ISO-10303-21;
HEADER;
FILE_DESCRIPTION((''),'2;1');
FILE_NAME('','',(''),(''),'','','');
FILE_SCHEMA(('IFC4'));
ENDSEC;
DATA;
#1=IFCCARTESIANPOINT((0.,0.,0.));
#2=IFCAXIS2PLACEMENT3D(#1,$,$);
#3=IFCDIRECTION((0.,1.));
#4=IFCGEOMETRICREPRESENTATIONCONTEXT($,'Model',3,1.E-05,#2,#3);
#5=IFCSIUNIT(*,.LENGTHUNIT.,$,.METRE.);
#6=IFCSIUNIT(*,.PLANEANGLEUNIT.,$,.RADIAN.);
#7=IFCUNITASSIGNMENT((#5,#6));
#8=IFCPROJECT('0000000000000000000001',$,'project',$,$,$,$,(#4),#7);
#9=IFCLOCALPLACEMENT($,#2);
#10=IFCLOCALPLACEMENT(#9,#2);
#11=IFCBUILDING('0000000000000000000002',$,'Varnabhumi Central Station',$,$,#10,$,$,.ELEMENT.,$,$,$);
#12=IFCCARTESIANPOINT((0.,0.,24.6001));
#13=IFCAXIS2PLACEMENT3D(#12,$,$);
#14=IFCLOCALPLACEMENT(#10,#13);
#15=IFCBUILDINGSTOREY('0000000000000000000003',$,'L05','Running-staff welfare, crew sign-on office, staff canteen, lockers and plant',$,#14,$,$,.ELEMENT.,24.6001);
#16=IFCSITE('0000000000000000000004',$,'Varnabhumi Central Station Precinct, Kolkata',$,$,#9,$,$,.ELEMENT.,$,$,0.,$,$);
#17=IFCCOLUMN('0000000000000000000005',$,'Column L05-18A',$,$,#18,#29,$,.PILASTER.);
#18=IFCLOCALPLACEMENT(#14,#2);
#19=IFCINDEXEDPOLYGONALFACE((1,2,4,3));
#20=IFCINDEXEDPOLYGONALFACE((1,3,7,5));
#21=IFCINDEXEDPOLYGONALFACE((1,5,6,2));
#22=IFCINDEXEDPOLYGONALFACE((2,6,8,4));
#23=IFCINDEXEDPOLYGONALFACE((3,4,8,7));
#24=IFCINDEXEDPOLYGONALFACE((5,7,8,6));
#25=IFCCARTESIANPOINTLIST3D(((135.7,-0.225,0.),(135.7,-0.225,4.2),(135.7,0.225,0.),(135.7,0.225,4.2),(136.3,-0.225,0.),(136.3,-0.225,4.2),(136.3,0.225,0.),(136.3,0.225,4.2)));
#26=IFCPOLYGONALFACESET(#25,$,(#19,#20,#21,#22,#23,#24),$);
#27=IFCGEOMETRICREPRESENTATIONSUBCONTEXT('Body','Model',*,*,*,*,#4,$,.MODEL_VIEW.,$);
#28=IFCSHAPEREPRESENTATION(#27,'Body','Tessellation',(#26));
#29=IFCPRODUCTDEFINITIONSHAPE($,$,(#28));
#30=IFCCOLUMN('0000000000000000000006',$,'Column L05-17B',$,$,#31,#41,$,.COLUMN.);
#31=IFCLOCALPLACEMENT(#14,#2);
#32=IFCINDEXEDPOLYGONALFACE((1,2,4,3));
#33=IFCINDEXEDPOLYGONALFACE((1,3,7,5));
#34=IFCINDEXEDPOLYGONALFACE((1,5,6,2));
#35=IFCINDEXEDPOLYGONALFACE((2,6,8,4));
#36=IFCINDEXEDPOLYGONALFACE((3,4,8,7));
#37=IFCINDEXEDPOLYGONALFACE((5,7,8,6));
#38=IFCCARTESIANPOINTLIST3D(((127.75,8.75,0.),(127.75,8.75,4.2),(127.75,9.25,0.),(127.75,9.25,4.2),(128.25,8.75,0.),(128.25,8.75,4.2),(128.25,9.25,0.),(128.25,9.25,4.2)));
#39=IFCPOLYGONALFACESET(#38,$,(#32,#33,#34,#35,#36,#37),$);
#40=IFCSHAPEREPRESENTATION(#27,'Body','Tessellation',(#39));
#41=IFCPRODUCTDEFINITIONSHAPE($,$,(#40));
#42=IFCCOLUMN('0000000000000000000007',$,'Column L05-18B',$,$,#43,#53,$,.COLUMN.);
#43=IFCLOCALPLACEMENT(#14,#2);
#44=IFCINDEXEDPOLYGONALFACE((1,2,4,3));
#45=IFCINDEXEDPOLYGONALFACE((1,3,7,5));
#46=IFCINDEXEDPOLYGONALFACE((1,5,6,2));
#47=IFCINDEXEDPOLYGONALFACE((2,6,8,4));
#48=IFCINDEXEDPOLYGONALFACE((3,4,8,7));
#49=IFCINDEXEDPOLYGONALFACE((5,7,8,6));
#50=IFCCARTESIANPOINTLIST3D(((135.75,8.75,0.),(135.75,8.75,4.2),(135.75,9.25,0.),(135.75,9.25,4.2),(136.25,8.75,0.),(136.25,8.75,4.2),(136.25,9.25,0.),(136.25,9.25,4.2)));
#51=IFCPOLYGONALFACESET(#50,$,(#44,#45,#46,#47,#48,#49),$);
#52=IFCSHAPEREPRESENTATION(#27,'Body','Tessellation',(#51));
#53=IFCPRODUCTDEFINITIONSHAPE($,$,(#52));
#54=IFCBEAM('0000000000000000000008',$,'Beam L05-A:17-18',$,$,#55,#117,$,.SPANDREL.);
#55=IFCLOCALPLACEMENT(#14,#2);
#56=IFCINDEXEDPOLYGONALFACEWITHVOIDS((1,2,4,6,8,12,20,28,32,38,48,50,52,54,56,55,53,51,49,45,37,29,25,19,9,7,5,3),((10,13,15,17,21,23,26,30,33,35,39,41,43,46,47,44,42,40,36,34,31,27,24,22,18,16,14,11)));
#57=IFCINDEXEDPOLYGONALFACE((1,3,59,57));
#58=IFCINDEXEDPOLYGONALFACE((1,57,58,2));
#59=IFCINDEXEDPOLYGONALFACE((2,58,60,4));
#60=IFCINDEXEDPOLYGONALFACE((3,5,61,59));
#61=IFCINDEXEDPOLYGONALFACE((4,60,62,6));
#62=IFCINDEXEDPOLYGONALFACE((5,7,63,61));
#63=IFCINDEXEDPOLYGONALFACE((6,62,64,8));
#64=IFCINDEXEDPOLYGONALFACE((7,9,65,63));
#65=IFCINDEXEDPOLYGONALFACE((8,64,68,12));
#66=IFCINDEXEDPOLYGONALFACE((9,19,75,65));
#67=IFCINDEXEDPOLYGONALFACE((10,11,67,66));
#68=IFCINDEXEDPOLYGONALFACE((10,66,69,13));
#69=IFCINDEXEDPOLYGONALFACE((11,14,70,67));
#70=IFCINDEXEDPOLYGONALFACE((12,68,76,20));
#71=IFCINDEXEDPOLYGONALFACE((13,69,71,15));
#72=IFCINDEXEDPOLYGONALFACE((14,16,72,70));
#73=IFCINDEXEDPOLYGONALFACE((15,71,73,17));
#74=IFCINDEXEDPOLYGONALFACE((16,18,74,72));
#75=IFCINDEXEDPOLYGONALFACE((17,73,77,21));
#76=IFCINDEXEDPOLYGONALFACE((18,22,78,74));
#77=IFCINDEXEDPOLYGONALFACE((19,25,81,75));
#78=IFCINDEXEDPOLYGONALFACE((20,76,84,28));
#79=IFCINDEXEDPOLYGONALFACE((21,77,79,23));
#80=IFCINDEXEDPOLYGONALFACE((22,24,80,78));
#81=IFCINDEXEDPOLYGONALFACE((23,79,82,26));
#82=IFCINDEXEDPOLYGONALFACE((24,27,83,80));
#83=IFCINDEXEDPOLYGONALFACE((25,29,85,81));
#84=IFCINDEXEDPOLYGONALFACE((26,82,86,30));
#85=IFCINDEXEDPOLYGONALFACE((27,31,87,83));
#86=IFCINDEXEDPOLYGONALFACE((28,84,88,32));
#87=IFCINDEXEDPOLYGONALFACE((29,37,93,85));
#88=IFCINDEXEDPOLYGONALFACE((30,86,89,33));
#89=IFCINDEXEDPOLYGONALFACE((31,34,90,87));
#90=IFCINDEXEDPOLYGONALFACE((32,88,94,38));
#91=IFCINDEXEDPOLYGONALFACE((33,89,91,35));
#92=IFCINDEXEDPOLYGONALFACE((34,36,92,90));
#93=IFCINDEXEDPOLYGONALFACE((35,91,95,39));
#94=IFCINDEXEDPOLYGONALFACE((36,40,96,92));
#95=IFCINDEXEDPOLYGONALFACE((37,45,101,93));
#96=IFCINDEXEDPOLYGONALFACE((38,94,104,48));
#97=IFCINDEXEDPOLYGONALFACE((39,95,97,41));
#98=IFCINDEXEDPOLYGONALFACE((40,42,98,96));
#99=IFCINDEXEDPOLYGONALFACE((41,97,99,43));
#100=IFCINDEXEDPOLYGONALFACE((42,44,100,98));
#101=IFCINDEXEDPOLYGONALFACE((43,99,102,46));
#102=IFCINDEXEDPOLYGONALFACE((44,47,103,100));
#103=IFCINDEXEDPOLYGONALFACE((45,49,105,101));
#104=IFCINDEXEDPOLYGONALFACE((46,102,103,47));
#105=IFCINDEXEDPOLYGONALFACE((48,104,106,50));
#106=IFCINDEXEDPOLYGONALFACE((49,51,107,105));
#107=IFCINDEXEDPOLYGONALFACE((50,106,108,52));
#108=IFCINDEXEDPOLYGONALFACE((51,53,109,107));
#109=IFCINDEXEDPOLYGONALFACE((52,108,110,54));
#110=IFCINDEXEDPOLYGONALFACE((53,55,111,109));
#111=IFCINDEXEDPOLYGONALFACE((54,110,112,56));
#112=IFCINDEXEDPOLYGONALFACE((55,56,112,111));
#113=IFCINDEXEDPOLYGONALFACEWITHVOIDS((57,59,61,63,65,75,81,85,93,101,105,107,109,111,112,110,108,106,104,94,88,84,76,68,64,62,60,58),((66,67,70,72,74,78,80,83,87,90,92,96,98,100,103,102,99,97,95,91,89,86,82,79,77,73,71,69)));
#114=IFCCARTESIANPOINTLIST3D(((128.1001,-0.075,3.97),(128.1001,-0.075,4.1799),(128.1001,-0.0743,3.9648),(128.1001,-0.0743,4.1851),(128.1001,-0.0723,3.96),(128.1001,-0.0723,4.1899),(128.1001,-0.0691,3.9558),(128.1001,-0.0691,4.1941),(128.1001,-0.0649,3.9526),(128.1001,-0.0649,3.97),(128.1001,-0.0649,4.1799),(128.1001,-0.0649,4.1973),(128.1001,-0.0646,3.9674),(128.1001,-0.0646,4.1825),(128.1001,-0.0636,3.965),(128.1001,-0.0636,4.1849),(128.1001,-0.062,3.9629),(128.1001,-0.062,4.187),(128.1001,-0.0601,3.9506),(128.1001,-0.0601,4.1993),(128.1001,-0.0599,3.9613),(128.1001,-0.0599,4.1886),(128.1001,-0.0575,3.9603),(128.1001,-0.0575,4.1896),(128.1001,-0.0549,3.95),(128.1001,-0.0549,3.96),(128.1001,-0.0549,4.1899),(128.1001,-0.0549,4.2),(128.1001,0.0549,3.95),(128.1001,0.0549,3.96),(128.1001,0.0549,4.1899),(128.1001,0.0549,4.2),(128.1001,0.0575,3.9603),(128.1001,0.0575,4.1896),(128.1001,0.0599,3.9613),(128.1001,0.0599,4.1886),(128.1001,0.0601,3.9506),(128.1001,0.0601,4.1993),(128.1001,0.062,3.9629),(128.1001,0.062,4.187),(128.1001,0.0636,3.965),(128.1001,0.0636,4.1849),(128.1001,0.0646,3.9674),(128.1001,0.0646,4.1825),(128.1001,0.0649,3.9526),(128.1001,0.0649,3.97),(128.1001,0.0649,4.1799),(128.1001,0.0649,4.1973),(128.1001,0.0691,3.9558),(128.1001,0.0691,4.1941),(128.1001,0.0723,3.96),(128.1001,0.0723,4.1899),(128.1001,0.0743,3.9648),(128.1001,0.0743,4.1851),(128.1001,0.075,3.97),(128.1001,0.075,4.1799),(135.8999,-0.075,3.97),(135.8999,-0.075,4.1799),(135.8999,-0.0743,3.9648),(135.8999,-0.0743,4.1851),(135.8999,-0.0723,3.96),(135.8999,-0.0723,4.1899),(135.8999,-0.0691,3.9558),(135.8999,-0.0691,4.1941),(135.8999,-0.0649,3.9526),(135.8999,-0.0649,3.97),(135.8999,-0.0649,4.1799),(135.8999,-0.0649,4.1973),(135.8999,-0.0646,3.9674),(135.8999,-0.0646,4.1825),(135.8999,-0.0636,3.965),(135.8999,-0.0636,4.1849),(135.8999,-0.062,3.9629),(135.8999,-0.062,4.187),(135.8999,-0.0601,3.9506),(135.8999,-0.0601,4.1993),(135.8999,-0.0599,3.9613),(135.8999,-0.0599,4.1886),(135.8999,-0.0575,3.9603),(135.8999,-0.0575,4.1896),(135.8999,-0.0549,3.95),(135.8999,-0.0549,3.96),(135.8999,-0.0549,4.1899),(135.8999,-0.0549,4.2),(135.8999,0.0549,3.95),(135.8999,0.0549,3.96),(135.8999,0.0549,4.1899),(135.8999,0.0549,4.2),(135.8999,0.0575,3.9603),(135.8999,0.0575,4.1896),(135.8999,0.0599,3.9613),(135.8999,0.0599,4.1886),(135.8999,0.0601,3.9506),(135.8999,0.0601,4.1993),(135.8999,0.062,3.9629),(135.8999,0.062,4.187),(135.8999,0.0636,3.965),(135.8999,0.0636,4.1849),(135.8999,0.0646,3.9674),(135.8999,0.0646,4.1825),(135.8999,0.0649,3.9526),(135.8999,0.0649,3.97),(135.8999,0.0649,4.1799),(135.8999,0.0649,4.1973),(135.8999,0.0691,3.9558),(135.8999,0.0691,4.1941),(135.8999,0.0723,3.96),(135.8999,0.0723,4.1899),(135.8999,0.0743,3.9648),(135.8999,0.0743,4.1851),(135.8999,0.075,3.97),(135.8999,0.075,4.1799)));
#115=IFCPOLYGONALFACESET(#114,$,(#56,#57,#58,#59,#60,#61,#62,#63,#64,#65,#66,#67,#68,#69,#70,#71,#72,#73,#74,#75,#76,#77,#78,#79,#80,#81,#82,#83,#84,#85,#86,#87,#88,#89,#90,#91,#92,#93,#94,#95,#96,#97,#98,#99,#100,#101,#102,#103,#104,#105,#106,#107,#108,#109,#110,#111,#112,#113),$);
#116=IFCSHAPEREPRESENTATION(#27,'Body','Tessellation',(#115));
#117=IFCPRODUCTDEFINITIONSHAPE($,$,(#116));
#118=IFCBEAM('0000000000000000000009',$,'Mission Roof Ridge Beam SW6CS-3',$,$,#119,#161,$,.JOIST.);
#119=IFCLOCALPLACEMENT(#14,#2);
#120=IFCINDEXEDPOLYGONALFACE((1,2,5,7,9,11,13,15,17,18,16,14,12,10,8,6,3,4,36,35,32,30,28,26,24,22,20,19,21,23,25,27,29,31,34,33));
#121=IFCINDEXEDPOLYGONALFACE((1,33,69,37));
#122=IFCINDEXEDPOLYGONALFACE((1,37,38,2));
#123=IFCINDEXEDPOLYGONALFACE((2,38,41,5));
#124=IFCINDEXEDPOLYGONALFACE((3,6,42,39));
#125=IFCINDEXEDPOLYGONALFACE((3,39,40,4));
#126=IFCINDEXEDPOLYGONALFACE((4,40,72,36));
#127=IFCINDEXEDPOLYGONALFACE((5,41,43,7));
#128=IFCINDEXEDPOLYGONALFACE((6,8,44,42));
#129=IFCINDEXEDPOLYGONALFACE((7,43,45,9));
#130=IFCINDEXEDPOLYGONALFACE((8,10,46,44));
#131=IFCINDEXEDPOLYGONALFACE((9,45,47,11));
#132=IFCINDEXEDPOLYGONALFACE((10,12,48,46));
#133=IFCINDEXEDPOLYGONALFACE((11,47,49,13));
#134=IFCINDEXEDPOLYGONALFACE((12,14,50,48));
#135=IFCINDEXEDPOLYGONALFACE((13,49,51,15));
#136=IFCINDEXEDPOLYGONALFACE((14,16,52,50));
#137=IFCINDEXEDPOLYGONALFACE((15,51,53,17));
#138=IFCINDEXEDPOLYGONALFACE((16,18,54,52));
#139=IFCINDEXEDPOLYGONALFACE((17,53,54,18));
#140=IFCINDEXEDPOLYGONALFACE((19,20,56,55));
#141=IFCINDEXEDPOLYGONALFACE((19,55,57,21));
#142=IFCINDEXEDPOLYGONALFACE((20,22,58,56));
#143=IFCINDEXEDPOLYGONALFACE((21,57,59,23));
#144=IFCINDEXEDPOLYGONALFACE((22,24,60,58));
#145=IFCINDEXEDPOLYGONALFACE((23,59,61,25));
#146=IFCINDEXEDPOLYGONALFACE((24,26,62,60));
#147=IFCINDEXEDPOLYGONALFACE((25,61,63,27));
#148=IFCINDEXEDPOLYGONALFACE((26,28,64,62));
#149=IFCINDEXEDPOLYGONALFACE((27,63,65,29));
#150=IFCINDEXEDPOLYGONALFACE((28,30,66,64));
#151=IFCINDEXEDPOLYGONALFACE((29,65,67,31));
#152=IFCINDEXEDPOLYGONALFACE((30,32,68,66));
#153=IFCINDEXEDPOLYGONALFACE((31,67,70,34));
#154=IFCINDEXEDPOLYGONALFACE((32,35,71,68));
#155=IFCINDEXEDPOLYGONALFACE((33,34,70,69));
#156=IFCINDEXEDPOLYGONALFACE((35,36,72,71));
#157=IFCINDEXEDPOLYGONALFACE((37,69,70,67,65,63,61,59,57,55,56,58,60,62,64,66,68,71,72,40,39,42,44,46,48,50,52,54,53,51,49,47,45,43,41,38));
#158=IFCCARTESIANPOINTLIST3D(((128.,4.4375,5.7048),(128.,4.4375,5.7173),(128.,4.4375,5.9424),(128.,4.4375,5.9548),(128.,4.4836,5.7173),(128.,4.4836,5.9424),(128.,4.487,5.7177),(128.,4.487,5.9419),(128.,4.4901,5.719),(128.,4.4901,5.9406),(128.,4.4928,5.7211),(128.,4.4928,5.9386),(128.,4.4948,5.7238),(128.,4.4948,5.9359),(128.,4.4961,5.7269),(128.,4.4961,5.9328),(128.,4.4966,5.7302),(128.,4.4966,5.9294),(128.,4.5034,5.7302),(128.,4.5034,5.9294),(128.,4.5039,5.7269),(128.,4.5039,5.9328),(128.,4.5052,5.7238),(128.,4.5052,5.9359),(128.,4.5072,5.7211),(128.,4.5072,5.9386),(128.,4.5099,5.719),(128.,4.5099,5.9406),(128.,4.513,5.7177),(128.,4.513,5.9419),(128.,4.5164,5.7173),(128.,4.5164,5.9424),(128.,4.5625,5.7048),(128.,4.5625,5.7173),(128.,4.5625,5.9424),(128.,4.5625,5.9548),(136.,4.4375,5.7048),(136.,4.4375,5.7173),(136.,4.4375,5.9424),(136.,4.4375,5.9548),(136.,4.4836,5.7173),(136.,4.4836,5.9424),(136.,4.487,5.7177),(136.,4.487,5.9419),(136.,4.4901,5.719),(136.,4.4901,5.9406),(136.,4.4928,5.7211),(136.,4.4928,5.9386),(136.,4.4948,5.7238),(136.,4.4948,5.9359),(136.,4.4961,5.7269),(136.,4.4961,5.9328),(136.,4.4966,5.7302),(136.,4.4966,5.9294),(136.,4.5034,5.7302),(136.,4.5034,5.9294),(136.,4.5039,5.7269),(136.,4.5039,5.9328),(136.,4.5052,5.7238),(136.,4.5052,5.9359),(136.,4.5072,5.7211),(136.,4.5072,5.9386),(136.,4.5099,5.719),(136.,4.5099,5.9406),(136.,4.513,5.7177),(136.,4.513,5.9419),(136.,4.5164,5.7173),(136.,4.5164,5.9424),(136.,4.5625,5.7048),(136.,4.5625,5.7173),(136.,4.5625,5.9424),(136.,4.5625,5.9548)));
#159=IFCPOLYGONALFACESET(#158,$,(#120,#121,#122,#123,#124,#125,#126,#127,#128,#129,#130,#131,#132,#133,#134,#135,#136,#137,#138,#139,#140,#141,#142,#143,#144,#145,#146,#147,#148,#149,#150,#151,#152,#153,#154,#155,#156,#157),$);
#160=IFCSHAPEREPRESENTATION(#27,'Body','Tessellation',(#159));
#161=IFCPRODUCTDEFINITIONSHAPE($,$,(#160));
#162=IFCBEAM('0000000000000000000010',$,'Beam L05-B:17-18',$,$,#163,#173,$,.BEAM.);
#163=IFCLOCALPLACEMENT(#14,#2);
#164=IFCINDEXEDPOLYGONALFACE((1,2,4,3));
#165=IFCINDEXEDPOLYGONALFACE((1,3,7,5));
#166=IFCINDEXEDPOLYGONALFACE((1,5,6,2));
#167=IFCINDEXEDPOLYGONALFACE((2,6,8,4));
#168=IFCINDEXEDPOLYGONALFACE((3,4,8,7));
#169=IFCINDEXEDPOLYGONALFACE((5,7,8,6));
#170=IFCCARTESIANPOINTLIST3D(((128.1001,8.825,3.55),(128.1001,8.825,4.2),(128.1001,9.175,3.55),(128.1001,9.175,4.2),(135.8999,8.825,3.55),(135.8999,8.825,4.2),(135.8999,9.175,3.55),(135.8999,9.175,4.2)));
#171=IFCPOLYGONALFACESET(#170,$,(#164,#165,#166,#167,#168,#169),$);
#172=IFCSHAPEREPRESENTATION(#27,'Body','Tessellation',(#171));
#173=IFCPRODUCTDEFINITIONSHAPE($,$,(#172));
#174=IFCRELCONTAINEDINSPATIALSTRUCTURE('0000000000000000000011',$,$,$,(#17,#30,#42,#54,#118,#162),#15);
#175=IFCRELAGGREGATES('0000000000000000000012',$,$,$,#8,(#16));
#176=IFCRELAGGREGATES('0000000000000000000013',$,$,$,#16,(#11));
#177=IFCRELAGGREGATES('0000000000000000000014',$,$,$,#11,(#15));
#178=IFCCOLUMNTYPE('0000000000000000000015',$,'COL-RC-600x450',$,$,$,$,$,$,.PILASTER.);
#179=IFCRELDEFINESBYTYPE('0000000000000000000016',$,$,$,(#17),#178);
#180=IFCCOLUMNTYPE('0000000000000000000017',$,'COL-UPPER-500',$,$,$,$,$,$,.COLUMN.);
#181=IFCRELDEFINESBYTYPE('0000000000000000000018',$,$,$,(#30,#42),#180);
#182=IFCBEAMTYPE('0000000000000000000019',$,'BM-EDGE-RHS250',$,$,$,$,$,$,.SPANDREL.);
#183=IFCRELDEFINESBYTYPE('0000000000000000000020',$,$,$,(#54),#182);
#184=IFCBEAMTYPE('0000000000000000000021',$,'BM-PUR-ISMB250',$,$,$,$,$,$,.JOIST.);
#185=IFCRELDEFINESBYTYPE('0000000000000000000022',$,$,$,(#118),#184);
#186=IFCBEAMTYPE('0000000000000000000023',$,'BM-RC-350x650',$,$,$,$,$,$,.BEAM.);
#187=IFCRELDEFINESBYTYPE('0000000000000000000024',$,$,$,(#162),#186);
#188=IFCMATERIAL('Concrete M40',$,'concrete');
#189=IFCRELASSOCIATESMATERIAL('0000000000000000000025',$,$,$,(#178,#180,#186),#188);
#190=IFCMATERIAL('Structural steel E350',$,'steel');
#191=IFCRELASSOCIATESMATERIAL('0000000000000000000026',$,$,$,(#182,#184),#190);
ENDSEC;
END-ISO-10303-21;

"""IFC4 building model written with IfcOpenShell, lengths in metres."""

from ifc_helpers import new_model, si_unit, direction, frame, origin, origin_2d, place, context, subcontext, project, spatial, rectangle, hollow_rectangle, i_section, extrude, material, material_profile, profile_set, type_object, element, save


model = new_model("IFC4")

# Units and contexts
model_context = context("Model", 3, precision=1e-05, world=origin(), true_north=direction((0.0, 1.0)))
body_context = subcontext(model_context, "Body", "Model", "MODEL_VIEW")
ifc_project = project(units=[si_unit("LENGTHUNIT", "METRE"), si_unit("PLANEANGLEUNIT", "RADIAN")], contexts=[model_context])

# Site, building, storey
site_placement = place(None, origin())
site = spatial("IfcSite", under=ifc_project, at=site_placement, Name="Varnabhumi Central Station Precinct, Kolkata", CompositionType="ELEMENT", RefElevation=0.0)
building_placement = place(site_placement, origin())
building = spatial("IfcBuilding", under=site, at=building_placement, Name="Varnabhumi Central Station", CompositionType="ELEMENT")
storey_placement = place(building_placement, frame((0.0, 0.0, 24.6001)))
storey = spatial("IfcBuildingStorey", under=building, at=storey_placement, Name="L05", Description="Running-staff welfare, crew sign-on office, staff canteen, lockers and plant", CompositionType="ELEMENT", Elevation=24.6001)

# Columns
ifc_material_1 = material(Name="Concrete M40", Category="concrete")
ifc_material_profile_1 = material_profile(ifc_material_1, rectangle(XDim=0.6001, YDim=0.45, at=origin_2d()), Name="Concrete M40", Category="concrete")
ifc_profile_set_1 = profile_set([ifc_material_profile_1], Name="Concrete M40")
column_type_1 = type_object("IfcColumnType", Name="COL-RC-600x450", PredefinedType="PILASTER", material=ifc_profile_set_1)
column_placement = place(storey_placement, frame((136.0, 0.0, 0.0), z_axis=(0.0, 0.0, 1.0), x_axis=(1.0, 0.0, 0.0)))
element("IfcColumn", 1, at=column_placement, inside=storey, type_object=column_type_1, Name="Column L05-18A", PredefinedType="PILASTER", context=body_context, shape_type="SweptSolid", body=[
    extrude(rectangle(XDim=0.6001, YDim=0.45, at=origin_2d()), origin(), (0.0, 0.0, 1.0), 4.2),
])
ifc_material_profile_2 = material_profile(ifc_material_1, rectangle(XDim=0.5, YDim=0.5, at=origin_2d()), Name="Concrete M40", Category="concrete")
ifc_profile_set_2 = profile_set([ifc_material_profile_2], Name="Concrete M40")
column_type_2 = type_object("IfcColumnType", Name="COL-UPPER-500", PredefinedType="COLUMN", material=ifc_profile_set_2)
for number, where, z_axis, x_axis, name in (
    (2, (128.0, 9.0, 0.0), (0.0, 0.0, 1.0), (1.0, 0.0, 0.0), "Column L05-17B"),
    (3, (136.0, 9.0, 0.0), (0.0, 0.0, 1.0), (1.0, 0.0, 0.0), "Column L05-18B"),
):
    element("IfcColumn", number, at=place(storey_placement, frame(where, z_axis=z_axis, x_axis=x_axis)), inside=storey, type_object=column_type_2, Name=name, PredefinedType="COLUMN", context=body_context, shape_type="SweptSolid", body=[
        extrude(rectangle(XDim=0.5, YDim=0.5, at=origin_2d()), origin(), (0.0, 0.0, 1.0), 4.2),
    ])

# Beams
ifc_material_2 = material(Name="Structural steel E350", Category="steel")
ifc_material_profile_3 = material_profile(ifc_material_2, hollow_rectangle(XDim=0.1499, YDim=0.25, WallThickness=0.01, InnerFilletRadius=0.01, OuterFilletRadius=0.02, at=origin_2d()), Name="Structural steel E350", Category="steel")
ifc_profile_set_3 = profile_set([ifc_material_profile_3], Name="Structural steel E350")
beam_type_1 = type_object("IfcBeamType", Name="BM-EDGE-RHS250", PredefinedType="SPANDREL", material=ifc_profile_set_3)
beam_1_placement = place(storey_placement, frame((128.1001, 0.0, 4.075), z_axis=(1.0, 0.0, 0.0), x_axis=(0.0, 1.0, 0.0)))
element("IfcBeam", 4, at=beam_1_placement, inside=storey, type_object=beam_type_1, Name="Beam L05-A:17-18", PredefinedType="SPANDREL", context=body_context, shape_type="SweptSolid", body=[
    extrude(hollow_rectangle(XDim=0.1499, YDim=0.25, WallThickness=0.01, InnerFilletRadius=0.01, OuterFilletRadius=0.02, at=origin_2d()), origin(), (0.0, 0.0, 1.0), 7.7998),
])
ifc_material_profile_4 = material_profile(ifc_material_2, i_section(OverallWidth=0.125, OverallDepth=0.25, WebThickness=0.0068, FlangeThickness=0.0125, FilletRadius=0.0129, at=origin_2d()), Name="Structural steel E350", Category="steel")
ifc_profile_set_4 = profile_set([ifc_material_profile_4], Name="Structural steel E350")
beam_type_2 = type_object("IfcBeamType", Name="BM-PUR-ISMB250", PredefinedType="JOIST", material=ifc_profile_set_4)
beam_2_placement = place(storey_placement, frame((128.0, 4.5, 5.8298), z_axis=(1.0, 0.0, 0.0), x_axis=(0.0, 1.0, 0.0)))
element("IfcBeam", 5, at=beam_2_placement, inside=storey, type_object=beam_type_2, Name="Mission Roof Ridge Beam SW6CS-3", PredefinedType="JOIST", context=body_context, shape_type="SweptSolid", body=[
    extrude(i_section(OverallWidth=0.125, OverallDepth=0.25, WebThickness=0.0068, FlangeThickness=0.0125, FilletRadius=0.0129, at=origin_2d()), origin(), (0.0, 0.0, 1.0), 8.0),
])
ifc_material_profile_5 = material_profile(ifc_material_1, rectangle(XDim=0.3501, YDim=0.6499, at=origin_2d()), Name="Concrete M40", Category="concrete")
ifc_profile_set_5 = profile_set([ifc_material_profile_5], Name="Concrete M40")
beam_type_3 = type_object("IfcBeamType", Name="BM-RC-350x650", PredefinedType="BEAM", material=ifc_profile_set_5)
beam_3_placement = place(storey_placement, frame((128.1001, 9.0, 3.875), z_axis=(1.0, 0.0, 0.0), x_axis=(0.0, 1.0, 0.0)))
element("IfcBeam", 6, at=beam_3_placement, inside=storey, type_object=beam_type_3, Name="Beam L05-B:17-18", PredefinedType="BEAM", context=body_context, shape_type="SweptSolid", body=[
    extrude(rectangle(XDim=0.3501, YDim=0.6499, at=origin_2d()), origin(), (0.0, 0.0, 1.0), 7.7998),
])

save(model, "model.ifc")
